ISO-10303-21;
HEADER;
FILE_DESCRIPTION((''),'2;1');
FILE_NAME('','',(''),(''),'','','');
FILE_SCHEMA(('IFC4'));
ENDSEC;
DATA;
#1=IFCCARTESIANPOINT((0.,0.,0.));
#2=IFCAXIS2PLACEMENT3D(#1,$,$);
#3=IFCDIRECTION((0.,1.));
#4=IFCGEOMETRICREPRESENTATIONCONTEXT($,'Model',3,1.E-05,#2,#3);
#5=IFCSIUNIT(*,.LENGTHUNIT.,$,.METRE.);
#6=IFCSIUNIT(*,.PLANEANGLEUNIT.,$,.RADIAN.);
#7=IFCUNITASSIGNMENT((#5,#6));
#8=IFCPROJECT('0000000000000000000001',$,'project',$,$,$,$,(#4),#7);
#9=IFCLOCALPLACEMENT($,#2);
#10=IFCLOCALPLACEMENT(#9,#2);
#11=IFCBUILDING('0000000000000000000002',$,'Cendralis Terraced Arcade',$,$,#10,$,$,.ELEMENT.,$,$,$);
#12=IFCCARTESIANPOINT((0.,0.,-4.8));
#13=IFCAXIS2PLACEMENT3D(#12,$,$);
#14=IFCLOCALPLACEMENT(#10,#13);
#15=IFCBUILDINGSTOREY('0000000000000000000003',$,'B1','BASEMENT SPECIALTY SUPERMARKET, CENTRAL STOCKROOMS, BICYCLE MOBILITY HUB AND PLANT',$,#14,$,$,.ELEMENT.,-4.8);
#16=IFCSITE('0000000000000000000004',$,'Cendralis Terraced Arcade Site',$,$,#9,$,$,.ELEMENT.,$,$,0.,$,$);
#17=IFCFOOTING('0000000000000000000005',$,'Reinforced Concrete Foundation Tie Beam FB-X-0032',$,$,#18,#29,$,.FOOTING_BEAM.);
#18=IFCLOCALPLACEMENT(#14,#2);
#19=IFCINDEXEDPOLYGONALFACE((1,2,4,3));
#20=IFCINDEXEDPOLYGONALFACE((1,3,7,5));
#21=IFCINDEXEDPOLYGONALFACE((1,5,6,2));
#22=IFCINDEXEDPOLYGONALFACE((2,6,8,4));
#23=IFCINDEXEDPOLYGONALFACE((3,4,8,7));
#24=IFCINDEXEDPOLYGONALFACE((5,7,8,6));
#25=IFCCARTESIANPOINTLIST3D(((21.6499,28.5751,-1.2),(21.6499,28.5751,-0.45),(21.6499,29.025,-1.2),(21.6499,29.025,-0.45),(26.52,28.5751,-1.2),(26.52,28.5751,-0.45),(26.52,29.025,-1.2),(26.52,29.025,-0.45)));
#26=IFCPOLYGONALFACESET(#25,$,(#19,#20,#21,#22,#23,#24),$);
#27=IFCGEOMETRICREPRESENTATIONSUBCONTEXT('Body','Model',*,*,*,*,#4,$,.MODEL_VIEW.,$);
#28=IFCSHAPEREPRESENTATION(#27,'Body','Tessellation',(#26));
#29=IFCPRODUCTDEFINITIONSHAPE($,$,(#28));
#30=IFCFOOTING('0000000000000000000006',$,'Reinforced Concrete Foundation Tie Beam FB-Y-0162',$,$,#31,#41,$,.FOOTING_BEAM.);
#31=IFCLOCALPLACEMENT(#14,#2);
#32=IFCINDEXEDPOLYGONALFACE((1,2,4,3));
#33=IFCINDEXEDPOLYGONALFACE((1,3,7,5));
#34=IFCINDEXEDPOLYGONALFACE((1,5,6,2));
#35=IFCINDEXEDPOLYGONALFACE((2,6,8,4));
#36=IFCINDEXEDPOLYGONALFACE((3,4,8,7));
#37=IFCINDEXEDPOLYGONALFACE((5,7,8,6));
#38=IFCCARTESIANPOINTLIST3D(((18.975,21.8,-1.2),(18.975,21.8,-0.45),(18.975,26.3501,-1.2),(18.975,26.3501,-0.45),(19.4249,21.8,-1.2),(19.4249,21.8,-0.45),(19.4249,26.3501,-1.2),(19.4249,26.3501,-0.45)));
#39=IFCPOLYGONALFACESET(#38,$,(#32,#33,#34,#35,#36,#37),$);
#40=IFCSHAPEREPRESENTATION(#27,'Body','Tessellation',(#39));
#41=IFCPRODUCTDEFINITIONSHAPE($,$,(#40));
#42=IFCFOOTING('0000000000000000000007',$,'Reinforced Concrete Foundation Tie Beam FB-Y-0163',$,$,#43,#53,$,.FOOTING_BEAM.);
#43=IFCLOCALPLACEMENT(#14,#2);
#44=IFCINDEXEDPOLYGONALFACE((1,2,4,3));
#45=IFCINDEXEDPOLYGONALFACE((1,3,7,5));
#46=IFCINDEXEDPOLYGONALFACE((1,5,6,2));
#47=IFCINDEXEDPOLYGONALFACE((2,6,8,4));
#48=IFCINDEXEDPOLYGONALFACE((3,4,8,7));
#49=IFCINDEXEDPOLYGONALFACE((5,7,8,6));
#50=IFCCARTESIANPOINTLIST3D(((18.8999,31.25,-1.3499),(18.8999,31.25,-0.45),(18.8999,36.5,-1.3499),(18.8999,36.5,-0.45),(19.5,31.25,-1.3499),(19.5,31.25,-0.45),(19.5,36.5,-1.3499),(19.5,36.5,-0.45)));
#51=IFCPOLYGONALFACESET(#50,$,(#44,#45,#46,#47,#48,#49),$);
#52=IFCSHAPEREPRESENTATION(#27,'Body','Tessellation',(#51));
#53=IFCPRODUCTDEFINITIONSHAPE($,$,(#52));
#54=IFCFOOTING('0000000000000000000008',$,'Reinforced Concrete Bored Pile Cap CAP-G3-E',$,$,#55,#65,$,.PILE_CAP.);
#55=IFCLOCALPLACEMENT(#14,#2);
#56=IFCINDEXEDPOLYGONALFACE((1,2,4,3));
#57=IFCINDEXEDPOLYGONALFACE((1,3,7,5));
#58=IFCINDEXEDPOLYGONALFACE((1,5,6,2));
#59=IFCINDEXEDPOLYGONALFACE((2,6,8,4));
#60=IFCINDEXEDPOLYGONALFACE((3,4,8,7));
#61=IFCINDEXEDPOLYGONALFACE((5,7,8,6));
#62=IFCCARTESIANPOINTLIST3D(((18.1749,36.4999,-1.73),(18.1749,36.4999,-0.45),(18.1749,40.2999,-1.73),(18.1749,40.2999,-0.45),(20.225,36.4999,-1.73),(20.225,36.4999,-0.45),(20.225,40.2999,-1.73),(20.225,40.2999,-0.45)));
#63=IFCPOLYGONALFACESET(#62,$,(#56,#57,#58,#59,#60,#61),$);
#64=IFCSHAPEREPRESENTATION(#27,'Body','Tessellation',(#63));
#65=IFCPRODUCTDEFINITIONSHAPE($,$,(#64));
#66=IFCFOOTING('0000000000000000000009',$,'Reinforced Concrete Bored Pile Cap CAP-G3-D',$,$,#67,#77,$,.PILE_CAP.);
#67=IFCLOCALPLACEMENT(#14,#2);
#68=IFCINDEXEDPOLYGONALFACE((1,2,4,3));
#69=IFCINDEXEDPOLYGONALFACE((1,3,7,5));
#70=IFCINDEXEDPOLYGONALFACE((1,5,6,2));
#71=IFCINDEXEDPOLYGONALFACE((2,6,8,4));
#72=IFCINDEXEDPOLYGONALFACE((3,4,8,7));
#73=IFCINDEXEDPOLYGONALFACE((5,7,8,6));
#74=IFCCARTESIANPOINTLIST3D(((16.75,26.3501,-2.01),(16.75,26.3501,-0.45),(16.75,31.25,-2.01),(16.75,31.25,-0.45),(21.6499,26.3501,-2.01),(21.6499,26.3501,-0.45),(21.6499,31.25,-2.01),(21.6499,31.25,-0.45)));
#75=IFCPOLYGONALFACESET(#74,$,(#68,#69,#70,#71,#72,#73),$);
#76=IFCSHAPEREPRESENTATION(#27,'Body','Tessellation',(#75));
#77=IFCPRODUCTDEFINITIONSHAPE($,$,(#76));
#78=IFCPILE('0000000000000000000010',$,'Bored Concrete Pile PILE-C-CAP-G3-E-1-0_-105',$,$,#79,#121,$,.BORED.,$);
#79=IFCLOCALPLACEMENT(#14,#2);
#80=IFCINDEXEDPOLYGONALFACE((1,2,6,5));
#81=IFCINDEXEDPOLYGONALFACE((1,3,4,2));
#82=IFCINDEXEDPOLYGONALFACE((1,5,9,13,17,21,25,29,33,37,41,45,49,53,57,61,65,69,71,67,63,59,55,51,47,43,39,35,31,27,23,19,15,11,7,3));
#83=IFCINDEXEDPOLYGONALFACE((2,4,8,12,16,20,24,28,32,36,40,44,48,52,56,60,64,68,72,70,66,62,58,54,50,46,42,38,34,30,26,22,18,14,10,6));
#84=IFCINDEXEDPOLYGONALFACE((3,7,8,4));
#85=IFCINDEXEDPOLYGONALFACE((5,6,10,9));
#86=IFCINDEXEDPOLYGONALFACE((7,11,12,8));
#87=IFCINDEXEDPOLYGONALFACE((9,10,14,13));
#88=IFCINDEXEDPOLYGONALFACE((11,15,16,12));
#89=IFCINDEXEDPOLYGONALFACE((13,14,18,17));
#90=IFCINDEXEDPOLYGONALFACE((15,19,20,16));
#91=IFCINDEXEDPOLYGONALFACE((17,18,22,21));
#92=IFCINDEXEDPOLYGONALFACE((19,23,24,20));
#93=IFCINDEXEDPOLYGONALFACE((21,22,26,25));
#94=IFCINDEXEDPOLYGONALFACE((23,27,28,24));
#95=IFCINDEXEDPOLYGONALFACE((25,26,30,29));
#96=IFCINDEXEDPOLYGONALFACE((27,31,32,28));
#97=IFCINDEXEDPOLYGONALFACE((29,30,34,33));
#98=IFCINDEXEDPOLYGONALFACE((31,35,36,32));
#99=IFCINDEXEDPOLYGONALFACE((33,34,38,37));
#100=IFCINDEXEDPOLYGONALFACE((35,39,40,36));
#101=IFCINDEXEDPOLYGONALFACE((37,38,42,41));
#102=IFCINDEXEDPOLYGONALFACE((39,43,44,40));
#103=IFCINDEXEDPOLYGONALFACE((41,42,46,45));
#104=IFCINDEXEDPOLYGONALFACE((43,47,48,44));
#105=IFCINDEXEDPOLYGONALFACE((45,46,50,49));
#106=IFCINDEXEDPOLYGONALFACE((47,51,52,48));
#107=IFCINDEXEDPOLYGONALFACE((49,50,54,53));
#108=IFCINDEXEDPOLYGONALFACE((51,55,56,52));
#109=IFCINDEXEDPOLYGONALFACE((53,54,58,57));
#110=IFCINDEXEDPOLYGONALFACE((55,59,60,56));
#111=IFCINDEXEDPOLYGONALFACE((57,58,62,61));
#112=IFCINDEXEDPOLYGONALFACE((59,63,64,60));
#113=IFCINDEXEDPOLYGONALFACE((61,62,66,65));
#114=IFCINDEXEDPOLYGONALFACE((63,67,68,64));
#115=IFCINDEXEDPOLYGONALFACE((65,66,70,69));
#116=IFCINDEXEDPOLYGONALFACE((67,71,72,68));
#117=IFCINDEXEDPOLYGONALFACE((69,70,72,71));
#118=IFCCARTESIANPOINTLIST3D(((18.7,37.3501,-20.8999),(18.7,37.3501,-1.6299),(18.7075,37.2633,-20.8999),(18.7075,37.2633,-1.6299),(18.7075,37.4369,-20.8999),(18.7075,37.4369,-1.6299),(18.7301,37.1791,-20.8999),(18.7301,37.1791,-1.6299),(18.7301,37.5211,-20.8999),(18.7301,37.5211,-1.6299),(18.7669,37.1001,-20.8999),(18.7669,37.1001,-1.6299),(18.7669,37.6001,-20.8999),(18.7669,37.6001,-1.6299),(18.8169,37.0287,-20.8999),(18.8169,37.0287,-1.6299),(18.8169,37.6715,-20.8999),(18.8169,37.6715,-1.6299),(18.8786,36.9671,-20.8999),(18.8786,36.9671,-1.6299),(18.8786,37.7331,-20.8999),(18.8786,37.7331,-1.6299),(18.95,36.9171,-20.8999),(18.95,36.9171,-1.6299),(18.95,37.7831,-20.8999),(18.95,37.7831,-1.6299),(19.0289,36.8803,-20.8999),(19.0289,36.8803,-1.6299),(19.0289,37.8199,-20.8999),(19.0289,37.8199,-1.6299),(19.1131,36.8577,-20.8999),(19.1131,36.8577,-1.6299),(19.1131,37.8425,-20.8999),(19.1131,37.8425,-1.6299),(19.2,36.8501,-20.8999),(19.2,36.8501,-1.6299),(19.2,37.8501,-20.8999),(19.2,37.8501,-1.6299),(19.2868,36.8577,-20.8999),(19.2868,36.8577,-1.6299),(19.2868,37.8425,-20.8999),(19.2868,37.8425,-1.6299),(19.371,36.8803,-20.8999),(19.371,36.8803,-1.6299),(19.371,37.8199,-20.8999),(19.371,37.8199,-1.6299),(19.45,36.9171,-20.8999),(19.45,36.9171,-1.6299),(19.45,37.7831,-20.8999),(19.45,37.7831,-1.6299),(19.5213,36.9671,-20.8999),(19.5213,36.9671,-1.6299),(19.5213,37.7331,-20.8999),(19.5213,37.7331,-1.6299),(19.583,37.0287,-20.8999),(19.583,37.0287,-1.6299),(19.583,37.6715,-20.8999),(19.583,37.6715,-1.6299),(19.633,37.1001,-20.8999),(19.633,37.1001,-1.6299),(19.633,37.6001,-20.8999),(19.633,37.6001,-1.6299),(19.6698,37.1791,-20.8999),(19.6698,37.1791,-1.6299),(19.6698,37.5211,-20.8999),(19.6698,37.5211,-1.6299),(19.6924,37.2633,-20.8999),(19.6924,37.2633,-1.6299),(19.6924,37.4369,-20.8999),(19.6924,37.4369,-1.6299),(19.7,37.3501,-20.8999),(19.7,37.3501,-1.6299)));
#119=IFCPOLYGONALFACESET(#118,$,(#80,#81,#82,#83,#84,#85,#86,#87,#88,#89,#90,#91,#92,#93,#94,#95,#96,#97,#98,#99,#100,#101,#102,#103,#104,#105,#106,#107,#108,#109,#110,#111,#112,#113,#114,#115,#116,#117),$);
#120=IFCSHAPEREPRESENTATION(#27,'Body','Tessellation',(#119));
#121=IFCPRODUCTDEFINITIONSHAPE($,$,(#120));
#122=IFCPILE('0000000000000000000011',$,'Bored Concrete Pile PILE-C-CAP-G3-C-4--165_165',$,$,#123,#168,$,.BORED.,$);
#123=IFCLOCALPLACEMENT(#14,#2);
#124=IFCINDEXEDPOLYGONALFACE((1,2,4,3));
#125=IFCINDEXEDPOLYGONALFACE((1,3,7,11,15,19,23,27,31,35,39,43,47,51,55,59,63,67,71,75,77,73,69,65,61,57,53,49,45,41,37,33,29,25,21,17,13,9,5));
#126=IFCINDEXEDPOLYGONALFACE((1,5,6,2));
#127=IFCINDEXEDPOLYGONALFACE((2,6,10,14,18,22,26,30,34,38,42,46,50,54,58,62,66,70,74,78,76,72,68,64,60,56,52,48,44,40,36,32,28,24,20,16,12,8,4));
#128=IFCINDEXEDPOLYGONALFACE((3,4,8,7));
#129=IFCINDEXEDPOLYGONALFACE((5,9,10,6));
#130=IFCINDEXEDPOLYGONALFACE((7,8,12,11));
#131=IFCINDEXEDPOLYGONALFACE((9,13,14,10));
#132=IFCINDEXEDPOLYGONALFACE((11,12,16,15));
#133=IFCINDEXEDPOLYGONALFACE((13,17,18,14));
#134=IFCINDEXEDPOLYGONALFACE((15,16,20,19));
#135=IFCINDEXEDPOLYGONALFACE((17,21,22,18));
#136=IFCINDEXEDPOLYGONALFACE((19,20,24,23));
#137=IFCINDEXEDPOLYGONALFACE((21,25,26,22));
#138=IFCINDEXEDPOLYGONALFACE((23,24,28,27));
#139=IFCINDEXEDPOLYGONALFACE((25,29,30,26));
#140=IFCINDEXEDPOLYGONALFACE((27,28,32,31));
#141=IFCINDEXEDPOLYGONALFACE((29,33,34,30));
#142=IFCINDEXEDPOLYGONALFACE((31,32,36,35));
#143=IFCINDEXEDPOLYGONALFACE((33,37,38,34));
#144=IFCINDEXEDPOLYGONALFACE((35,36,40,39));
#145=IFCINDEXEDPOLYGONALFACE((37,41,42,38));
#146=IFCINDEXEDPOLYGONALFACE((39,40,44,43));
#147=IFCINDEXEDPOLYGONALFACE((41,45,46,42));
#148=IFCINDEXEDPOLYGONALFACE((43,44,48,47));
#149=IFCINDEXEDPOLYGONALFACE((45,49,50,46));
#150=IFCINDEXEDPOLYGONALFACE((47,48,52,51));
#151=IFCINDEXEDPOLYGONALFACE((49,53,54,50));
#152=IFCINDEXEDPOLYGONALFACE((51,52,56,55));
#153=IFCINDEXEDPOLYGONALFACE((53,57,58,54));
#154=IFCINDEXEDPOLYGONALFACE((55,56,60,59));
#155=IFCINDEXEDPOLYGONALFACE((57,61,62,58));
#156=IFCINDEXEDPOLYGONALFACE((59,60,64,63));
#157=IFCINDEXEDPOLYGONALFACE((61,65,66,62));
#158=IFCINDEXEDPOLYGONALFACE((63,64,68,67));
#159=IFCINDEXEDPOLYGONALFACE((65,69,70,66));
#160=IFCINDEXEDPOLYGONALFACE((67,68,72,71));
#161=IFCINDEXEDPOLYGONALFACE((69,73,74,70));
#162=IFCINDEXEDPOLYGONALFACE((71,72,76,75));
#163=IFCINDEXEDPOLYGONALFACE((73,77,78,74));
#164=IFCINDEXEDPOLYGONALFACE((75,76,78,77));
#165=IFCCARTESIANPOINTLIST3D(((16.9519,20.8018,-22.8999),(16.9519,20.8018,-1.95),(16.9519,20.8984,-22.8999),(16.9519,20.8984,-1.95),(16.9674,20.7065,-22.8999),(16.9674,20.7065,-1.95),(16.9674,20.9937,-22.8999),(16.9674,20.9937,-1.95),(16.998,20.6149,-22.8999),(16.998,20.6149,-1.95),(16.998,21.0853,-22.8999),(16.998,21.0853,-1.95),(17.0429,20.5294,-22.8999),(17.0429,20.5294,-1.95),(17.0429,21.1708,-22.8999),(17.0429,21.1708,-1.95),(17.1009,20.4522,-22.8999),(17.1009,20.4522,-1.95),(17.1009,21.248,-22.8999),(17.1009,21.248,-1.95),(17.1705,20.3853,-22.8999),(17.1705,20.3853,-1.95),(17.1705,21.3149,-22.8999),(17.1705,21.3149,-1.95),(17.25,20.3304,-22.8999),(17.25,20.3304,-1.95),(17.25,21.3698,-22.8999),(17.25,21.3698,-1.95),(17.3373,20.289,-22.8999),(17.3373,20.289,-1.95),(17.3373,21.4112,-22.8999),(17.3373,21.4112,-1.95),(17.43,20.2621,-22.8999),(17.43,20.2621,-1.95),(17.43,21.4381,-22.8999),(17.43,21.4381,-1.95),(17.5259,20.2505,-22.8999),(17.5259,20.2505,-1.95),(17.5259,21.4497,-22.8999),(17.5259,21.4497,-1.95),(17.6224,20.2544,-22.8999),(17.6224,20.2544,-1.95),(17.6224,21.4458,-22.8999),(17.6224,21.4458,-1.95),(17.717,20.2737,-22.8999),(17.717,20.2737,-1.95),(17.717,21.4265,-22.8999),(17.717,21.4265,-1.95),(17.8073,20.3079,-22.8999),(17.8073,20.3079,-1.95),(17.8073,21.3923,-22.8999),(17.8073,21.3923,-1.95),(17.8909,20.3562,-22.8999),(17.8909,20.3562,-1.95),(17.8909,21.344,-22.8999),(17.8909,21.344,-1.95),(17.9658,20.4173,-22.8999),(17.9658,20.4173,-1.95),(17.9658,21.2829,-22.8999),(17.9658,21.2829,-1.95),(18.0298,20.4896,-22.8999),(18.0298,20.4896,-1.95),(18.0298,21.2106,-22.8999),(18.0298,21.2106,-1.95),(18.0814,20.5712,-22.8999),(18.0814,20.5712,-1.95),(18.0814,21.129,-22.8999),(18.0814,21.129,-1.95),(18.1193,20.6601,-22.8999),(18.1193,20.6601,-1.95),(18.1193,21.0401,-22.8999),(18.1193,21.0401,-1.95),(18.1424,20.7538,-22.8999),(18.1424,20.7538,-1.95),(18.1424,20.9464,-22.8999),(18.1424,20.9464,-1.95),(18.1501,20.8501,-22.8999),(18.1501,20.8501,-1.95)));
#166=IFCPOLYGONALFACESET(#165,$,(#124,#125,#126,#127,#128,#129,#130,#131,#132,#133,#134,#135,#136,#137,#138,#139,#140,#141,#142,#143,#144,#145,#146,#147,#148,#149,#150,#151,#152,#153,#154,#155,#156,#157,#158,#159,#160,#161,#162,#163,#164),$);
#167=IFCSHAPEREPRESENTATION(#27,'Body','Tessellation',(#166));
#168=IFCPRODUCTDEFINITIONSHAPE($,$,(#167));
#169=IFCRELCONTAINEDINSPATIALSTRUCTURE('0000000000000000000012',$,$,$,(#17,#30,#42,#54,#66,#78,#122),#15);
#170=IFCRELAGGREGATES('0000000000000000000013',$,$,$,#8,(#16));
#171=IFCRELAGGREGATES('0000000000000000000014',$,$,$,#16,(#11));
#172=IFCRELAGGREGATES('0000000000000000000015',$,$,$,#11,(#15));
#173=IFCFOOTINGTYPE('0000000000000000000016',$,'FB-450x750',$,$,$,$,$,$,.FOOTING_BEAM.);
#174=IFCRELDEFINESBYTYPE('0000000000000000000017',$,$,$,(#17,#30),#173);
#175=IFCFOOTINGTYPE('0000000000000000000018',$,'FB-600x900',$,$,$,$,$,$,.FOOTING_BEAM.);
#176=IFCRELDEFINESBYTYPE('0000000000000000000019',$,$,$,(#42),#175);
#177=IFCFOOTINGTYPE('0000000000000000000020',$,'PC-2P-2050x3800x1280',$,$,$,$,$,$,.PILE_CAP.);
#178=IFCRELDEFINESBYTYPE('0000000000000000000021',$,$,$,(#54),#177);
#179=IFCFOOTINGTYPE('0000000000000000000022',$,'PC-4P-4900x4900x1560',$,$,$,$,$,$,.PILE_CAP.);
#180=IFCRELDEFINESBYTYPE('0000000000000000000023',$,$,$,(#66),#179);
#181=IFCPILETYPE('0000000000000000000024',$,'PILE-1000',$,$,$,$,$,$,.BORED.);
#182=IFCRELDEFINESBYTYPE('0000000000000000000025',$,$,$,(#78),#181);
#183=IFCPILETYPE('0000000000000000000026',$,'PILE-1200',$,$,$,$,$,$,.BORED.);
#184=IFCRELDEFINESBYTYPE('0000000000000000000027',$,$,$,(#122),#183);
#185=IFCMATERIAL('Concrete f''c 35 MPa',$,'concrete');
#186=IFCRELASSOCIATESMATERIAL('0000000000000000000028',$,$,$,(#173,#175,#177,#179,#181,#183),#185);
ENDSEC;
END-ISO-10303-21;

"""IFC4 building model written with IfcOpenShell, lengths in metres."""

from ifc_helpers import new_model, si_unit, direction, frame, origin, origin_2d, place, context, subcontext, project, spatial, rectangle, circle, extrude, material, material_profile, profile_set, type_object, element, save


model = new_model("IFC4")

# Units and contexts
model_context = context("Model", 3, precision=1e-05, world=origin(), true_north=direction((0.0, 1.0)))
body_context = subcontext(model_context, "Body", "Model", "MODEL_VIEW")
ifc_project = project(units=[si_unit("LENGTHUNIT", "METRE"), si_unit("PLANEANGLEUNIT", "RADIAN")], contexts=[model_context])

# Site, building, storey
site_placement = place(None, origin())
site = spatial("IfcSite", under=ifc_project, at=site_placement, Name="Cendralis Terraced Arcade Site", CompositionType="ELEMENT", RefElevation=0.0)
building_placement = place(site_placement, origin())
building = spatial("IfcBuilding", under=site, at=building_placement, Name="Cendralis Terraced Arcade", CompositionType="ELEMENT")
storey_placement = place(building_placement, frame((0.0, 0.0, -4.8)))
storey = spatial("IfcBuildingStorey", under=building, at=storey_placement, Name="B1", Description="BASEMENT SPECIALTY SUPERMARKET, CENTRAL STOCKROOMS, BICYCLE MOBILITY HUB AND PLANT", CompositionType="ELEMENT", Elevation=-4.8)

# Footings
ifc_material_1 = material(Name="Concrete f'c 35 MPa", Category="concrete")
ifc_material_profile_1 = material_profile(ifc_material_1, rectangle(XDim=0.45, YDim=0.75, at=origin_2d()), Name="FB-450x750", Category="LoadBearing")
ifc_profile_set_1 = profile_set([ifc_material_profile_1], Name="Concrete f'c 35 MPa")
footing_type_1 = type_object("IfcFootingType", Name="FB-450x750", PredefinedType="FOOTING_BEAM", material=ifc_profile_set_1)
footing_1_placement = place(storey_placement, frame((21.6499, 28.8, -0.825), z_axis=(1.0, 0.0, 0.0), x_axis=(0.0, 1.0, 0.0)))
element("IfcFooting", 1, at=footing_1_placement, inside=storey, type_object=footing_type_1, Name="Reinforced Concrete Foundation Tie Beam FB-X-0032", PredefinedType="FOOTING_BEAM", context=body_context, shape_type="SweptSolid", body=[
    extrude(rectangle(XDim=0.45, YDim=0.75, at=origin_2d()), origin(), (0.0, 0.0, 1.0), 4.8701),
])
footing_2_placement = place(storey_placement, frame((19.2, 21.8, -0.825), z_axis=(0.0, 1.0, 0.0), x_axis=(-1.0, 0.0, 0.0)))
element("IfcFooting", 2, at=footing_2_placement, inside=storey, type_object=footing_type_1, Name="Reinforced Concrete Foundation Tie Beam FB-Y-0162", PredefinedType="FOOTING_BEAM", context=body_context, shape_type="SweptSolid", body=[
    extrude(rectangle(XDim=0.45, YDim=0.75, at=origin_2d()), origin(), (0.0, 0.0, 1.0), 4.55),
])
ifc_material_profile_2 = material_profile(ifc_material_1, rectangle(XDim=0.6001, YDim=0.8999, at=origin_2d()), Name="FB-600x900", Category="LoadBearing")
ifc_profile_set_2 = profile_set([ifc_material_profile_2], Name="Concrete f'c 35 MPa")
footing_type_2 = type_object("IfcFootingType", Name="FB-600x900", PredefinedType="FOOTING_BEAM", material=ifc_profile_set_2)
footing_3_placement = place(storey_placement, frame((19.2, 31.25, -0.8999), z_axis=(0.0, 1.0, 0.0), x_axis=(-1.0, 0.0, 0.0)))
element("IfcFooting", 3, at=footing_3_placement, inside=storey, type_object=footing_type_2, Name="Reinforced Concrete Foundation Tie Beam FB-Y-0163", PredefinedType="FOOTING_BEAM", context=body_context, shape_type="SweptSolid", body=[
    extrude(rectangle(XDim=0.6001, YDim=0.8999, at=origin_2d()), origin(), (0.0, 0.0, 1.0), 5.25),
])
footing_type_3 = type_object("IfcFootingType", Name="PC-2P-2050x3800x1280", PredefinedType="PILE_CAP", material=ifc_material_1)
footing_4_placement = place(storey_placement, frame((19.2, 38.3999, -1.73), z_axis=(0.0, 0.0, 1.0), x_axis=(1.0, 0.0, 0.0)))
element("IfcFooting", 4, at=footing_4_placement, inside=storey, type_object=footing_type_3, Name="Reinforced Concrete Bored Pile Cap CAP-G3-E", PredefinedType="PILE_CAP", context=body_context, shape_type="SweptSolid", body=[
    extrude(rectangle(XDim=2.05, YDim=3.8, at=origin_2d()), origin(), (0.0, 0.0, 1.0), 1.28),
])
footing_type_4 = type_object("IfcFootingType", Name="PC-4P-4900x4900x1560", PredefinedType="PILE_CAP", material=ifc_material_1)
footing_5_placement = place(storey_placement, frame((19.2, 28.8, -2.01), z_axis=(0.0, 0.0, 1.0), x_axis=(1.0, 0.0, 0.0)))
element("IfcFooting", 5, at=footing_5_placement, inside=storey, type_object=footing_type_4, Name="Reinforced Concrete Bored Pile Cap CAP-G3-D", PredefinedType="PILE_CAP", context=body_context, shape_type="SweptSolid", body=[
    extrude(rectangle(XDim=4.8999, YDim=4.8999, at=origin_2d()), origin(), (0.0, 0.0, 1.0), 1.5601),
])

# Piles
ifc_material_profile_3 = material_profile(ifc_material_1, circle(Radius=0.5, at=origin_2d()), Name="PILE-D1000", Category="LoadBearing")
ifc_profile_set_3 = profile_set([ifc_material_profile_3], Name="Concrete f'c 35 MPa")
pile_type_1 = type_object("IfcPileType", Name="PILE-1000", PredefinedType="BORED", material=ifc_profile_set_3)
pile_placement = place(storey_placement, frame((19.2, 37.3501, -1.6299), z_axis=(0.0, 0.0, -1.0), x_axis=(1.0, 0.0, 0.0)))
element("IfcPile", 6, at=pile_placement, inside=storey, type_object=pile_type_1, Name="Bored Concrete Pile PILE-C-CAP-G3-E-1-0_-105", PredefinedType="BORED", context=body_context, shape_type="SweptSolid", body=[
    extrude(circle(Radius=0.5, at=origin_2d()), origin(), (0.0, 0.0, 1.0), 19.27),
])
ifc_material_profile_4 = material_profile(ifc_material_1, circle(Radius=0.6001, at=origin_2d()), Name="PILE-D1200", Category="LoadBearing")
ifc_profile_set_4 = profile_set([ifc_material_profile_4], Name="Concrete f'c 35 MPa")
pile_type_2 = type_object("IfcPileType", Name="PILE-1200", PredefinedType="BORED", material=ifc_profile_set_4)
for number, where, z_axis, x_axis, name in (
    (7, (17.55, 20.8501, -1.95), (0.0, 0.0, -1.0), (1.0, 0.0, 0.0), "Bored Concrete Pile PILE-C-CAP-G3-C-4--165_165"),
):
    element("IfcPile", number, at=place(storey_placement, frame(where, z_axis=z_axis, x_axis=x_axis)), inside=storey, type_object=pile_type_2, Name=name, PredefinedType="BORED", context=body_context, shape_type="SweptSolid", body=[
        extrude(circle(Radius=0.6001, at=origin_2d()), origin(), (0.0, 0.0, 1.0), 20.95),
    ])

save(model, "model.ifc")
